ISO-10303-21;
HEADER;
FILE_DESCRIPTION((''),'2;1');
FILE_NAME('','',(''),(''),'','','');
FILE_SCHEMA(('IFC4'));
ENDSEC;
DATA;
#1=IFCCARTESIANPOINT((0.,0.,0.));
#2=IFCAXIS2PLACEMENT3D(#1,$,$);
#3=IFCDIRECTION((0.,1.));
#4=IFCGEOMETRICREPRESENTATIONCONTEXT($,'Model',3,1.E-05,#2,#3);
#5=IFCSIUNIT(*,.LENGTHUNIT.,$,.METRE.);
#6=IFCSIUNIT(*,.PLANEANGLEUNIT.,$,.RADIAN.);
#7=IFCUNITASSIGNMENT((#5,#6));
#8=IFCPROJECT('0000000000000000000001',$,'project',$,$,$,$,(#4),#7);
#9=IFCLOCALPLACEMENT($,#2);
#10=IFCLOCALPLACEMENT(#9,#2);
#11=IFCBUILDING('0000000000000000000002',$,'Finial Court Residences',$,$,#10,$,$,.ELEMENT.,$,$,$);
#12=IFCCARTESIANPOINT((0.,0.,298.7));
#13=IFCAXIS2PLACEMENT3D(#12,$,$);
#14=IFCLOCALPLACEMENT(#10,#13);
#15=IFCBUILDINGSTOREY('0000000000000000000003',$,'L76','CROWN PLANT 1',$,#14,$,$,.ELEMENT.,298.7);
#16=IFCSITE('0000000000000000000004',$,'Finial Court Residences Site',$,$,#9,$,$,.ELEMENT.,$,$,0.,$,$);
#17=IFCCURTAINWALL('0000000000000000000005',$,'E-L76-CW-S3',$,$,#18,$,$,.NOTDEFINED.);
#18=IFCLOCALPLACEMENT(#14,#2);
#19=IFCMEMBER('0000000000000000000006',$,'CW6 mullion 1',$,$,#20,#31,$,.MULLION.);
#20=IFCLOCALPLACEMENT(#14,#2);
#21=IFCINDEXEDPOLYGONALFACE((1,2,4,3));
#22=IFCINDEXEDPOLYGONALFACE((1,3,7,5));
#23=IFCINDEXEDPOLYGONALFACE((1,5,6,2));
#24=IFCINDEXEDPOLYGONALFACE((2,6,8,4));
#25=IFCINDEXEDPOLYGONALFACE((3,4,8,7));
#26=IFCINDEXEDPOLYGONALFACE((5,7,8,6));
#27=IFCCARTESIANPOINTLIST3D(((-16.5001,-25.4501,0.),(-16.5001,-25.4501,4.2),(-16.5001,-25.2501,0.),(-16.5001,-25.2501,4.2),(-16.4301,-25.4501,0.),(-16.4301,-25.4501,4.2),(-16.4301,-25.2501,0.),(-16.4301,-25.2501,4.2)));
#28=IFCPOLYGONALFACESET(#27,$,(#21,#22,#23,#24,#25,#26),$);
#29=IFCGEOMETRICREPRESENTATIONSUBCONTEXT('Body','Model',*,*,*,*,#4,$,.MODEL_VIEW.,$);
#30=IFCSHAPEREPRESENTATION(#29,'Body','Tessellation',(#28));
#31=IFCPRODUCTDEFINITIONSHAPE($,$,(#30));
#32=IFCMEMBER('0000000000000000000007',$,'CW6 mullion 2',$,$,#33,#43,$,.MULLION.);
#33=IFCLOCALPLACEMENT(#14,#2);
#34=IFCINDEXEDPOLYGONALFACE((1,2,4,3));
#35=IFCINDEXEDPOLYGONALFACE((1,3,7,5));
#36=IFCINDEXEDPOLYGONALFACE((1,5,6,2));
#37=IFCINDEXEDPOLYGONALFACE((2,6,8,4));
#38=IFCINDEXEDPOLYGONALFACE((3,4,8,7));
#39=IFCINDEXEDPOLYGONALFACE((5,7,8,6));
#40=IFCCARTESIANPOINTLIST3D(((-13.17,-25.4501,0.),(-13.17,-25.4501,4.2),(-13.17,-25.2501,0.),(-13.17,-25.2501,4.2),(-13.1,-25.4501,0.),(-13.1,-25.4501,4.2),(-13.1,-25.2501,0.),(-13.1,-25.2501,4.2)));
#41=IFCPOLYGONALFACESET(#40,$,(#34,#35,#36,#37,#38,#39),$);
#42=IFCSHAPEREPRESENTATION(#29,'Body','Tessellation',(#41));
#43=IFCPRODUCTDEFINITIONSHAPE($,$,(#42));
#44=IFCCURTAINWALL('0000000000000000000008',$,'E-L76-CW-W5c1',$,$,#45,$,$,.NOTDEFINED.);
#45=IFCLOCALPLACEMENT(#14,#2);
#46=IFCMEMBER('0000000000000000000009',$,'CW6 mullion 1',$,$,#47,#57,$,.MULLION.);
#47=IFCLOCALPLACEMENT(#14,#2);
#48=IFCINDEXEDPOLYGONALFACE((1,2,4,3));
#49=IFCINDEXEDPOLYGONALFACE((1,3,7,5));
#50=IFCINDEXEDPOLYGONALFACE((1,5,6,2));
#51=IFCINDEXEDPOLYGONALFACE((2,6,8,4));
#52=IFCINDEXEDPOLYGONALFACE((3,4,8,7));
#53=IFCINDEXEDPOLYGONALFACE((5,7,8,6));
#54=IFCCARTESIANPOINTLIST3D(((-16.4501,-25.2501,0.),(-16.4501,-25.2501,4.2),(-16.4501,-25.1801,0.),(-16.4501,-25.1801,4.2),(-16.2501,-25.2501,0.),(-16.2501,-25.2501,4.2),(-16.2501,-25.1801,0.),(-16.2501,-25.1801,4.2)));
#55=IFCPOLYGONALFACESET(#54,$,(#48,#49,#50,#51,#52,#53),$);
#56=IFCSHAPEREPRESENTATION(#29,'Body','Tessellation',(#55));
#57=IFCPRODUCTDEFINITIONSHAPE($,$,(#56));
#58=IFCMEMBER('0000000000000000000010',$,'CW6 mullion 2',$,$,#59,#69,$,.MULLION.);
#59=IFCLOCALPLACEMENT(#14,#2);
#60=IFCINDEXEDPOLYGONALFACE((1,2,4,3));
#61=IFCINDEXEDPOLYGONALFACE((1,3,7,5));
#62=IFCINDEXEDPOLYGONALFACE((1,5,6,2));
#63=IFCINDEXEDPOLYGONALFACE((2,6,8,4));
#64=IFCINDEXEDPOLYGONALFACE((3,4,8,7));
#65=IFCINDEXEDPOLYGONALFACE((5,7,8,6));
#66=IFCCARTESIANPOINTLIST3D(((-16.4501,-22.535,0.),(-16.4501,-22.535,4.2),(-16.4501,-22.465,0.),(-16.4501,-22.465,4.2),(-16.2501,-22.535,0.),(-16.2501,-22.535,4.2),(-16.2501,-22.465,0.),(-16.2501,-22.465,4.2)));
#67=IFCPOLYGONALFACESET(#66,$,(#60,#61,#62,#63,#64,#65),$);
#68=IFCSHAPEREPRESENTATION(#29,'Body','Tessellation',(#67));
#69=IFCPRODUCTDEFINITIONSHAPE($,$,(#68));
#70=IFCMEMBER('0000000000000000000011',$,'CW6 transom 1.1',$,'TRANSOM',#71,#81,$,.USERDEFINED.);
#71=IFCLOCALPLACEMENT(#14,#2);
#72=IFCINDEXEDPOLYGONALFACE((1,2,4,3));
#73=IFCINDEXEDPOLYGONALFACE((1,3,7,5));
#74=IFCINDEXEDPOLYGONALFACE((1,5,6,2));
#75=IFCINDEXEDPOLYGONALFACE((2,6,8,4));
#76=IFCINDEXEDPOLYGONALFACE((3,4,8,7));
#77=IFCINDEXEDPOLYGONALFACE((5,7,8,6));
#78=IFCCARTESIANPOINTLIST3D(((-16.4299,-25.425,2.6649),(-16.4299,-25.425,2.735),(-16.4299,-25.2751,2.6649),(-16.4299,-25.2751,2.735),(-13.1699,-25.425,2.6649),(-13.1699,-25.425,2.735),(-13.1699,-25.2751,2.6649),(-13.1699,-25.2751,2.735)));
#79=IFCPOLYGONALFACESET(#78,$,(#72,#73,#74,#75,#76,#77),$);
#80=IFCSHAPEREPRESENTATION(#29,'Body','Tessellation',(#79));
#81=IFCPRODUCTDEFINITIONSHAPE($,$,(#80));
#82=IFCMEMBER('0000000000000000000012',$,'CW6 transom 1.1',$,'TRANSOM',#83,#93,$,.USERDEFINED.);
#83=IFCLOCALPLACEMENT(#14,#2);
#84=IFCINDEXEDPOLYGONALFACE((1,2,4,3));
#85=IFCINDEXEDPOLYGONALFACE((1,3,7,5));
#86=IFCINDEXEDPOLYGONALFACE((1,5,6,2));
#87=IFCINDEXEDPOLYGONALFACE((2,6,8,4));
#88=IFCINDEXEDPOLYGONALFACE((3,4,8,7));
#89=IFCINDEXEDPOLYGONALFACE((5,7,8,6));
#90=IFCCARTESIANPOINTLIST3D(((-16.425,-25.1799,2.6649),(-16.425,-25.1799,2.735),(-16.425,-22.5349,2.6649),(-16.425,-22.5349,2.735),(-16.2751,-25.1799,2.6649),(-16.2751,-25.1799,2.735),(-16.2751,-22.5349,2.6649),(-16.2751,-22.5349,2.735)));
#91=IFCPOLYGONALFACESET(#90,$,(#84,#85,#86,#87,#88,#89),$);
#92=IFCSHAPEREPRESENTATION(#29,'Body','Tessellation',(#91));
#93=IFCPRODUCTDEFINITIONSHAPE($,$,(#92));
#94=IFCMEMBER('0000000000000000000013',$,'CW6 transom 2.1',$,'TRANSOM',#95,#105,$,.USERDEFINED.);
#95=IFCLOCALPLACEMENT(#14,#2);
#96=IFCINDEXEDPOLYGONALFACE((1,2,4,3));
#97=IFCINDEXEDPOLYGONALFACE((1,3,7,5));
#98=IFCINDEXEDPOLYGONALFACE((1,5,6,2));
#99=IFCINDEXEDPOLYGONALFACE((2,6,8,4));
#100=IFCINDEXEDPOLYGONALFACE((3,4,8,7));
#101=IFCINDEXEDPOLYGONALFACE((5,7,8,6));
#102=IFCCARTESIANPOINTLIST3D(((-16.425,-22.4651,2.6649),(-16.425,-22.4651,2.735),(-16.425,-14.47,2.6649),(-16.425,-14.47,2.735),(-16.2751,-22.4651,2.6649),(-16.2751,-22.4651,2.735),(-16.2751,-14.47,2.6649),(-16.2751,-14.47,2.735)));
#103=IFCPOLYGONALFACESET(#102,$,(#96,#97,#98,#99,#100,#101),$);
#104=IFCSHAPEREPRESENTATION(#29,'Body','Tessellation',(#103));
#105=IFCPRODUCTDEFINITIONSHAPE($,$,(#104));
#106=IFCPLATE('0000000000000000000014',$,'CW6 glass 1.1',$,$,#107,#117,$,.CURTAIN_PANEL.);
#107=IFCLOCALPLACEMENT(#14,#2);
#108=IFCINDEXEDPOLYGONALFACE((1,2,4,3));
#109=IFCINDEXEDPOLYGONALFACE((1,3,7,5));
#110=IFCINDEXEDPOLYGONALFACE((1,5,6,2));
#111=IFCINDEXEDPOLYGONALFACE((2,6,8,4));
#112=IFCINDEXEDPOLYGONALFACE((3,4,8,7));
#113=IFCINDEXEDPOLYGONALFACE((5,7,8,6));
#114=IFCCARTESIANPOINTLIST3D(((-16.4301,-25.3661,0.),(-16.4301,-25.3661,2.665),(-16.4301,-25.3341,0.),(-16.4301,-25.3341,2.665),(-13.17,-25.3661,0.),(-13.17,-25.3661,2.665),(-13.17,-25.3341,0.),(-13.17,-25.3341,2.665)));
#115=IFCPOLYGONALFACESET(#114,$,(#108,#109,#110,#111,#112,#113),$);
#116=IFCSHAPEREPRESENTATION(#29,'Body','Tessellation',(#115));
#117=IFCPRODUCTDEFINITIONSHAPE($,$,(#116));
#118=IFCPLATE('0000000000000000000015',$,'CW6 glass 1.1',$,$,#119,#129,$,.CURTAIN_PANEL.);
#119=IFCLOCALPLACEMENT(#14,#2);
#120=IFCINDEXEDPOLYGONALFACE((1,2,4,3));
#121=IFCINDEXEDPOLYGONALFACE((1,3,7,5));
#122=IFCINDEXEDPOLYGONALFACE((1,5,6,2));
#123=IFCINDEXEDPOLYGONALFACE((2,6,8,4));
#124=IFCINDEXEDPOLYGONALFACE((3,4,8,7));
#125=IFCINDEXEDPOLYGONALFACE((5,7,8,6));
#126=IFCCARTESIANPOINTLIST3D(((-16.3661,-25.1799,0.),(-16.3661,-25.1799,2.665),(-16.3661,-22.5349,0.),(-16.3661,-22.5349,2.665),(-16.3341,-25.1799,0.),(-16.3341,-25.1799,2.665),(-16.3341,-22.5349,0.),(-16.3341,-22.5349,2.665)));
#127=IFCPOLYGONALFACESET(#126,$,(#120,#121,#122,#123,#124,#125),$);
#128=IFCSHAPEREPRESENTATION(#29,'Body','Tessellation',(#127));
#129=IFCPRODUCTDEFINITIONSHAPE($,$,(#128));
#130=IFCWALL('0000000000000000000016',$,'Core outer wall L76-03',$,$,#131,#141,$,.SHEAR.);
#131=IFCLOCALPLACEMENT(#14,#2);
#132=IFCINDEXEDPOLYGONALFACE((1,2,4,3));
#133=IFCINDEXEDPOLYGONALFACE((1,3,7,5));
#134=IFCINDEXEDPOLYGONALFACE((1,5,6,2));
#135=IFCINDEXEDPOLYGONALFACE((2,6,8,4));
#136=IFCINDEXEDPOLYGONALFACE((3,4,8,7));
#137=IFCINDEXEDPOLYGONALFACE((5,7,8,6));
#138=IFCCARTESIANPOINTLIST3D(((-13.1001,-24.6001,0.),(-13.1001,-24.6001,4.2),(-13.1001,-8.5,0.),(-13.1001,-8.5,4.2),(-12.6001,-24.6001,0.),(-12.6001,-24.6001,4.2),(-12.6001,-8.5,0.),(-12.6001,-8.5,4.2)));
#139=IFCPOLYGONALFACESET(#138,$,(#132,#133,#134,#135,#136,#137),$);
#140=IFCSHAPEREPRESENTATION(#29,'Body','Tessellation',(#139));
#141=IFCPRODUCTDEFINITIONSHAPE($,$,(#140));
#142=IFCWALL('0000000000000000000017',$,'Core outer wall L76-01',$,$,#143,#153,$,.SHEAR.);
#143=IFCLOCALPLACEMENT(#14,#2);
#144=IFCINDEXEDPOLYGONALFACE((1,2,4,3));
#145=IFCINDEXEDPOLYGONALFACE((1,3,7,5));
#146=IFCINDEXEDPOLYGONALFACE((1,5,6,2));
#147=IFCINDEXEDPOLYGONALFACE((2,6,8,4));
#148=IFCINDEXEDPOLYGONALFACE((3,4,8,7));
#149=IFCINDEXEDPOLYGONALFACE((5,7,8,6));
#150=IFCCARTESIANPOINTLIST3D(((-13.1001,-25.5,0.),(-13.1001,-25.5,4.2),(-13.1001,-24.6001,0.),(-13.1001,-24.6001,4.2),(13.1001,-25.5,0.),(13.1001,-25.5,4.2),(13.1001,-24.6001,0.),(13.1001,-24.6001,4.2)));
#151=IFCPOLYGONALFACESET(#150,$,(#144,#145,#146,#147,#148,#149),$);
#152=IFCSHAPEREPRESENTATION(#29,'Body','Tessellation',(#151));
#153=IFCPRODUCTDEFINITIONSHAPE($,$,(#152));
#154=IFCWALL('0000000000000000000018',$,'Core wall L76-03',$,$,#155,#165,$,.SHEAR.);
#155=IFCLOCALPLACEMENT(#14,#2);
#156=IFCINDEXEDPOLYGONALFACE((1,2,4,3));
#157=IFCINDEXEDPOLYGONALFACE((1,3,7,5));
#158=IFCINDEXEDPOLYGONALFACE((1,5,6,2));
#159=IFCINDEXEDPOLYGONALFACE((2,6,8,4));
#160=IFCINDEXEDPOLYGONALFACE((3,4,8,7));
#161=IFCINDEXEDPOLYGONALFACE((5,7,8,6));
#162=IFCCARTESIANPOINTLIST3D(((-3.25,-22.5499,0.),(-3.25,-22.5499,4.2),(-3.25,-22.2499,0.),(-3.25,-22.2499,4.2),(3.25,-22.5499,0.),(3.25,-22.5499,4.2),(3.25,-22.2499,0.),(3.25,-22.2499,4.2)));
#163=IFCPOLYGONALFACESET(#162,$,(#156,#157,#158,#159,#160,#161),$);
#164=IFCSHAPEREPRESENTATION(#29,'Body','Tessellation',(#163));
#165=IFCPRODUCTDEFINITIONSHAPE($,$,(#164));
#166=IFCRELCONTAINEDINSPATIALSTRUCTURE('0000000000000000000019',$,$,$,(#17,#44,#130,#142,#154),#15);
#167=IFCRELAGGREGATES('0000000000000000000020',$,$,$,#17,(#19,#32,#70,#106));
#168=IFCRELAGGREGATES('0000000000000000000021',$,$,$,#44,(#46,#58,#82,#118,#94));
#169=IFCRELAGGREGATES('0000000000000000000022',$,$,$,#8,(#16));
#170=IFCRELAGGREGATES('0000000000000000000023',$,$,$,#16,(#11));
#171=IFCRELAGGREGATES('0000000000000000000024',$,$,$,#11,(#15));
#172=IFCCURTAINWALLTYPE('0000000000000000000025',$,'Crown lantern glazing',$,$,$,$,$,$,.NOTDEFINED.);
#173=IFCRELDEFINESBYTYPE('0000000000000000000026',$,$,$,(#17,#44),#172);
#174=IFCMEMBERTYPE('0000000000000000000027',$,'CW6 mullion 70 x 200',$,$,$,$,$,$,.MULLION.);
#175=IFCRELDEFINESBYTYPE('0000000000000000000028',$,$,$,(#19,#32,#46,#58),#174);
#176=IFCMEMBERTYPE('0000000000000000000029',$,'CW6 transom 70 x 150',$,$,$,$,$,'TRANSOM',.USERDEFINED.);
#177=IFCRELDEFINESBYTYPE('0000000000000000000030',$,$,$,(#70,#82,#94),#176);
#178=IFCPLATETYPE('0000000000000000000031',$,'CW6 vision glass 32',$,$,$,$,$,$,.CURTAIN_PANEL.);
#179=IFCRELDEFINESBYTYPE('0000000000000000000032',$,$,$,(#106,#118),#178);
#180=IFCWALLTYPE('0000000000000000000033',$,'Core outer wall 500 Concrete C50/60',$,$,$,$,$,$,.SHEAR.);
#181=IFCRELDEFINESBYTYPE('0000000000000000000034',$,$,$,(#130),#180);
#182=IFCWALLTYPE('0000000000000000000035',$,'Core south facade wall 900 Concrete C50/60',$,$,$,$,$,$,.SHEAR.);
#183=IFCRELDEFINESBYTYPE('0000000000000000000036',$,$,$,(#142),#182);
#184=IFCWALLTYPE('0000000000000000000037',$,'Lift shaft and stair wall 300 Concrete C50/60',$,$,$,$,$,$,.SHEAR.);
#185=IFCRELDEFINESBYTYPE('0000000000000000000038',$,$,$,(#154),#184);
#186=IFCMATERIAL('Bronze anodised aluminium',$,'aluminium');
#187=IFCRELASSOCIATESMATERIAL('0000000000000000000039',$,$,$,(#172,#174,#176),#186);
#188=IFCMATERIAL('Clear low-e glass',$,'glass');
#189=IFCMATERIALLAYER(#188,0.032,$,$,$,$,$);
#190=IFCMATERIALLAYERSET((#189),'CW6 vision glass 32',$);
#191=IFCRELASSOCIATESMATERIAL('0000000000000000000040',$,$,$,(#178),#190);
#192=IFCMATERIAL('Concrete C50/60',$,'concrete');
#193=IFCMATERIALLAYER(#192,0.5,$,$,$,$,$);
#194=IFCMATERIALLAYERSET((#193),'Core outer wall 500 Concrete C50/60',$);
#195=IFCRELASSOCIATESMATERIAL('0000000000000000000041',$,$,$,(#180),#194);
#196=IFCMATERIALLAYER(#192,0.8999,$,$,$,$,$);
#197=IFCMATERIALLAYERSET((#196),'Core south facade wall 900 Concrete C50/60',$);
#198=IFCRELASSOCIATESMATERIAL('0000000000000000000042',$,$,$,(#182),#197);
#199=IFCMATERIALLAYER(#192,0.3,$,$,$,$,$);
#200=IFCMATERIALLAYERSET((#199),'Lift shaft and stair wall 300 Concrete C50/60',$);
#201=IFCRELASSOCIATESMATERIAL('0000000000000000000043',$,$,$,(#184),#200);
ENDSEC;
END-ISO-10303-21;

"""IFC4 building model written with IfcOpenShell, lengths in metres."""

from ifc_helpers import new_model, si_unit, direction, frame, frame_2d, origin, origin_2d, place, context, subcontext, project, spatial, rectangle, extrude, material, layer, layer_set, material_profile, profile_set, type_object, element, aggregate, save


model = new_model("IFC4")

# Units and contexts
model_context = context("Model", 3, precision=1e-05, world=origin(), true_north=direction((0.0, 1.0)))
body_context = subcontext(model_context, "Body", "Model", "MODEL_VIEW")
ifc_project = project(units=[si_unit("LENGTHUNIT", "METRE"), si_unit("PLANEANGLEUNIT", "RADIAN")], contexts=[model_context])

# Site, building, storey
site_placement = place(None, origin())
site = spatial("IfcSite", under=ifc_project, at=site_placement, Name="Finial Court Residences Site", CompositionType="ELEMENT", RefElevation=0.0)
building_placement = place(site_placement, origin())
building = spatial("IfcBuilding", under=site, at=building_placement, Name="Finial Court Residences", CompositionType="ELEMENT")
storey_placement = place(building_placement, frame((0.0, 0.0, 298.7)))
storey = spatial("IfcBuildingStorey", under=building, at=storey_placement, Name="L76", Description="CROWN PLANT 1", CompositionType="ELEMENT", Elevation=298.7)

# Curtain walls, members
ifc_material_1 = material(Name="Bronze anodised aluminium", Category="aluminium")
curtain_wall_type = type_object("IfcCurtainWallType", Name="Crown lantern glazing", PredefinedType="NOTDEFINED", material=ifc_material_1)
curtain_wall_1_placement = place(storey_placement, origin())
curtain_wall_1 = element("IfcCurtainWall", 1, at=curtain_wall_1_placement, inside=storey, type_object=curtain_wall_type, Name="E-L76-CW-S3", PredefinedType="NOTDEFINED")
ifc_material_profile_1 = material_profile(ifc_material_1, rectangle(XDim=0.2, YDim=0.0701, at=origin_2d()), Name="CW6 mullion 70 x 200")
ifc_profile_set_1 = profile_set([ifc_material_profile_1], Name="Bronze anodised aluminium")
member_type_1 = type_object("IfcMemberType", Name="CW6 mullion 70 x 200", PredefinedType="MULLION", material=ifc_profile_set_1)
member_1_placement = place(storey_placement, frame((-16.4651, -25.3501, 0.0), z_axis=(0.0, 0.0, 1.0), x_axis=(0.0, 1.0, 0.0)))
member_1 = element("IfcMember", 2, at=member_1_placement, type_object=member_type_1, Name="CW6 mullion 1", PredefinedType="MULLION", context=body_context, shape_type="SweptSolid", body=[
    extrude(rectangle(XDim=0.2, YDim=0.0701, at=origin_2d()), origin(), (0.0, 0.0, 1.0), 4.2),
])
member_2_placement = place(storey_placement, frame((-13.135, -25.3501, 0.0), z_axis=(0.0, 0.0, 1.0), x_axis=(0.0, 1.0, 0.0)))
member_2 = element("IfcMember", 3, at=member_2_placement, type_object=member_type_1, Name="CW6 mullion 2", PredefinedType="MULLION", context=body_context, shape_type="SweptSolid", body=[
    extrude(rectangle(XDim=0.2, YDim=0.0701, at=origin_2d()), origin(), (0.0, 0.0, 1.0), 4.2),
])
curtain_wall_2_placement = place(storey_placement, origin())
curtain_wall_2 = element("IfcCurtainWall", 4, at=curtain_wall_2_placement, inside=storey, type_object=curtain_wall_type, Name="E-L76-CW-W5c1", PredefinedType="NOTDEFINED")
member_3_placement = place(storey_placement, frame((-16.3501, -25.2151, 0.0), z_axis=(0.0, 0.0, 1.0), x_axis=(-1.0, 0.0, 0.0)))
member_3 = element("IfcMember", 5, at=member_3_placement, type_object=member_type_1, Name="CW6 mullion 1", PredefinedType="MULLION", context=body_context, shape_type="SweptSolid", body=[
    extrude(rectangle(XDim=0.2, YDim=0.0701, at=origin_2d()), origin(), (0.0, 0.0, 1.0), 4.2),
])
member_4_placement = place(storey_placement, frame((-16.3501, -22.5, 0.0), z_axis=(0.0, 0.0, 1.0), x_axis=(-1.0, 0.0, 0.0)))
member_4 = element("IfcMember", 6, at=member_4_placement, type_object=member_type_1, Name="CW6 mullion 2", PredefinedType="MULLION", context=body_context, shape_type="SweptSolid", body=[
    extrude(rectangle(XDim=0.2, YDim=0.0701, at=origin_2d()), origin(), (0.0, 0.0, 1.0), 4.2),
])

# Members
ifc_material_profile_2 = material_profile(ifc_material_1, rectangle(XDim=0.1499, YDim=0.0701, at=origin_2d()), Name="CW6 transom 70 x 150")
ifc_profile_set_2 = profile_set([ifc_material_profile_2], Name="Bronze anodised aluminium")
member_type_2 = type_object("IfcMemberType", Name="CW6 transom 70 x 150", ElementType="TRANSOM", PredefinedType="USERDEFINED", material=ifc_profile_set_2)
member_5_placement = place(storey_placement, frame((-16.4299, -25.3501, 2.7), z_axis=(1.0, 0.0, 0.0), x_axis=(0.0, 1.0, 0.0)))
member_5 = element("IfcMember", 7, at=member_5_placement, type_object=member_type_2, Name="CW6 transom 1.1", ObjectType="TRANSOM", PredefinedType="USERDEFINED", context=body_context, shape_type="SweptSolid", body=[
    extrude(rectangle(XDim=0.1499, YDim=0.0701, at=origin_2d()), origin(), (0.0, 0.0, 1.0), 3.26),
])
member_6_placement = place(storey_placement, frame((-16.3501, -25.1799, 2.7), z_axis=(0.0, 1.0, 0.0), x_axis=(-1.0, 0.0, 0.0)))
member_6 = element("IfcMember", 8, at=member_6_placement, type_object=member_type_2, Name="CW6 transom 1.1", ObjectType="TRANSOM", PredefinedType="USERDEFINED", context=body_context, shape_type="SweptSolid", body=[
    extrude(rectangle(XDim=0.1499, YDim=0.0701, at=origin_2d()), origin(), (0.0, 0.0, 1.0), 2.645),
])
member_7_placement = place(storey_placement, frame((-16.3501, -22.4651, 2.7), z_axis=(0.0, 1.0, 0.0), x_axis=(-1.0, 0.0, 0.0)))
member_7 = element("IfcMember", 9, at=member_7_placement, type_object=member_type_2, Name="CW6 transom 2.1", ObjectType="TRANSOM", PredefinedType="USERDEFINED", context=body_context, shape_type="SweptSolid", body=[
    extrude(rectangle(XDim=0.1499, YDim=0.0701, at=origin_2d()), origin(), (0.0, 0.0, 1.0), 7.9951),
])

# Plates
ifc_material_2 = material(Name="Clear low-e glass", Category="glass")
ifc_layer_1 = layer(ifc_material_2, 0.032)
ifc_layer_set_1 = layer_set([ifc_layer_1], Name="CW6 vision glass 32")
plate_type = type_object("IfcPlateType", Name="CW6 vision glass 32", PredefinedType="CURTAIN_PANEL", material=ifc_layer_set_1)
plate_1_placement = place(storey_placement, frame((-14.8, -25.3501, 0.0), z_axis=(0.0, 0.0, 1.0), x_axis=(1.0, 0.0, 0.0)))
plate_1 = element("IfcPlate", 10, at=plate_1_placement, type_object=plate_type, Name="CW6 glass 1.1", PredefinedType="CURTAIN_PANEL", context=body_context, shape_type="SweptSolid", body=[
    extrude(rectangle(XDim=3.26, YDim=0.032, at=origin_2d()), origin(), (0.0, 0.0, 1.0), 2.665),
])
plate_2_placement = place(storey_placement, frame((-16.3501, -23.8574, 0.0), z_axis=(0.0, 0.0, 1.0), x_axis=(0.0, 1.0, 0.0)))
plate_2 = element("IfcPlate", 11, at=plate_2_placement, type_object=plate_type, Name="CW6 glass 1.1", PredefinedType="CURTAIN_PANEL", context=body_context, shape_type="SweptSolid", body=[
    extrude(rectangle(XDim=2.645, YDim=0.032, at=origin_2d()), origin(), (0.0, 0.0, 1.0), 2.665),
])

# Walls
ifc_material_3 = material(Name="Concrete C50/60", Category="concrete")
ifc_layer_2 = layer(ifc_material_3, 0.5)
ifc_layer_set_2 = layer_set([ifc_layer_2], Name="Core outer wall 500 Concrete C50/60")
wall_type_1 = type_object("IfcWallType", Name="Core outer wall 500 Concrete C50/60", PredefinedType="SHEAR", material=ifc_layer_set_2)
wall_1_placement = place(storey_placement, frame((-12.8501, -24.6001, 0.0), z_axis=(0.0, 0.0, 1.0), x_axis=(0.0, 1.0, 0.0)))
element("IfcWall", 12, at=wall_1_placement, inside=storey, type_object=wall_type_1, Name="Core outer wall L76-03", PredefinedType="SHEAR", context=body_context, shape_type="SweptSolid", body=[
    extrude(rectangle(XDim=16.1001, YDim=0.5, at=frame_2d((8.05, 0.0))), origin(), (0.0, 0.0, 1.0), 4.2),
])
ifc_layer_3 = layer(ifc_material_3, 0.8999)
ifc_layer_set_3 = layer_set([ifc_layer_3], Name="Core south facade wall 900 Concrete C50/60")
wall_type_2 = type_object("IfcWallType", Name="Core south facade wall 900 Concrete C50/60", PredefinedType="SHEAR", material=ifc_layer_set_3)
wall_2_placement = place(storey_placement, frame((-13.1001, -25.05, 0.0), z_axis=(0.0, 0.0, 1.0), x_axis=(1.0, 0.0, 0.0)))
element("IfcWall", 13, at=wall_2_placement, inside=storey, type_object=wall_type_2, Name="Core outer wall L76-01", PredefinedType="SHEAR", context=body_context, shape_type="SweptSolid", body=[
    extrude(rectangle(XDim=26.2002, YDim=0.8999, at=frame_2d((13.1001, 0.0))), origin(), (0.0, 0.0, 1.0), 4.2),
])
ifc_layer_4 = layer(ifc_material_3, 0.3)
ifc_layer_set_4 = layer_set([ifc_layer_4], Name="Lift shaft and stair wall 300 Concrete C50/60")
wall_type_3 = type_object("IfcWallType", Name="Lift shaft and stair wall 300 Concrete C50/60", PredefinedType="SHEAR", material=ifc_layer_set_4)
wall_3_placement = place(storey_placement, frame((-3.25, -22.3999, 0.0), z_axis=(0.0, 0.0, 1.0), x_axis=(1.0, 0.0, 0.0)))
element("IfcWall", 14, at=wall_3_placement, inside=storey, type_object=wall_type_3, Name="Core wall L76-03", PredefinedType="SHEAR", context=body_context, shape_type="SweptSolid", body=[
    extrude(rectangle(XDim=6.5, YDim=0.3, at=frame_2d((3.25, 0.0))), origin(), (0.0, 0.0, 1.0), 4.2),
])

aggregate(curtain_wall_1, [member_1, member_2, member_5, plate_1])
aggregate(curtain_wall_2, [member_3, member_4, member_6, plate_2, member_7])

save(model, "model.ifc")
